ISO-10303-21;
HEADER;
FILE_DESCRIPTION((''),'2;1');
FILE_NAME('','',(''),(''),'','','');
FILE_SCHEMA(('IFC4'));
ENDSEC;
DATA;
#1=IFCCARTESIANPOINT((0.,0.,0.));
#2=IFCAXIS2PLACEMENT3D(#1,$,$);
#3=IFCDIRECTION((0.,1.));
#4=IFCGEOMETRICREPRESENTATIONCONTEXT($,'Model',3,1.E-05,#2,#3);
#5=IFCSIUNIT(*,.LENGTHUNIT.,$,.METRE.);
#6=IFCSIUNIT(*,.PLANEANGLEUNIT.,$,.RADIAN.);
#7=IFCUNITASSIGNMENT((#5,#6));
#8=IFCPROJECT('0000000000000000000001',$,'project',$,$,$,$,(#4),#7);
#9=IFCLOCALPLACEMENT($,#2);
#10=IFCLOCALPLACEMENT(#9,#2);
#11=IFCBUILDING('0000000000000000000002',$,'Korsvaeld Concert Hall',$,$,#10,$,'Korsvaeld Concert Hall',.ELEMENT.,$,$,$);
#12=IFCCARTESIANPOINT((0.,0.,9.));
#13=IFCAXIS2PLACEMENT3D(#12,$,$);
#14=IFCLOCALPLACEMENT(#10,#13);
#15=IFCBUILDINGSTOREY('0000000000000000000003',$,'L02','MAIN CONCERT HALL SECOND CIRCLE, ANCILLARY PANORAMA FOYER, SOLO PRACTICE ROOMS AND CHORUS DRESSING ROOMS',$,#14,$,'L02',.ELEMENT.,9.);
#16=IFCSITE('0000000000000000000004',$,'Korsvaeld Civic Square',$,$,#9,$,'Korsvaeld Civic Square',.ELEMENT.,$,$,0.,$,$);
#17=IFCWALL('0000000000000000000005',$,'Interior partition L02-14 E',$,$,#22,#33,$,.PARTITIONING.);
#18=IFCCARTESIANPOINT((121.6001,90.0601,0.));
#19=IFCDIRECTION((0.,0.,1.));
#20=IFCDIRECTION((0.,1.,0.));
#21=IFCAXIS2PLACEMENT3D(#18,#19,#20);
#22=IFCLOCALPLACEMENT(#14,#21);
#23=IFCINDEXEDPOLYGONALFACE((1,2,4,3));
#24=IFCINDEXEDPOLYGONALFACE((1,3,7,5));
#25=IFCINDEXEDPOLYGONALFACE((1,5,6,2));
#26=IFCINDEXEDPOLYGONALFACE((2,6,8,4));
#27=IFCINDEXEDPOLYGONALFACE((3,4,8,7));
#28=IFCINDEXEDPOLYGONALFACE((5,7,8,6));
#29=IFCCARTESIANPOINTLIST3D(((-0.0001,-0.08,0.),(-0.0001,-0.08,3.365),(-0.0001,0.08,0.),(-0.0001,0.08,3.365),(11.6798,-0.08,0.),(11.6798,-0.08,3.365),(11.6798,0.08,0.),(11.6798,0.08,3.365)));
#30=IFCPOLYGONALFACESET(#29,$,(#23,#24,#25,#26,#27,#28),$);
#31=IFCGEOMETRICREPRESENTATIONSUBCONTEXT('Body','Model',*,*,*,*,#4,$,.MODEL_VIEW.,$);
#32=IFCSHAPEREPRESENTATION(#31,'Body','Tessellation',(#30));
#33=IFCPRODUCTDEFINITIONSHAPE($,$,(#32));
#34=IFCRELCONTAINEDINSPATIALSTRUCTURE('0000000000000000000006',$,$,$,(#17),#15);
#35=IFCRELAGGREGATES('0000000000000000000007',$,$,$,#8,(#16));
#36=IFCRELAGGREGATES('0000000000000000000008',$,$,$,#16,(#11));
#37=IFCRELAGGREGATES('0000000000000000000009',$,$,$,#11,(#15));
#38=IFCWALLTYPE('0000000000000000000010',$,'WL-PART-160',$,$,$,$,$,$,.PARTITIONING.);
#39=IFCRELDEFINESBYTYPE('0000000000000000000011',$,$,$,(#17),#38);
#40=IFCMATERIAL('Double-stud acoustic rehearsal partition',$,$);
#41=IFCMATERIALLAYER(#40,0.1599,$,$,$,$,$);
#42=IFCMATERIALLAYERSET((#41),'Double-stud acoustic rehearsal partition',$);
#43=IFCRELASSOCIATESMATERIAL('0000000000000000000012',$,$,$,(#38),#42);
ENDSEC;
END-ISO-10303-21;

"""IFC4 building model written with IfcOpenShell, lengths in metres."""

from ifc_helpers import new_model, si_unit, direction, frame, frame_2d, origin, place, context, subcontext, project, spatial, rectangle, extrude, material, layer, layer_set, type_object, element, save


model = new_model("IFC4")

# Units and contexts
model_context = context("Model", 3, precision=1e-05, world=origin(), true_north=direction((0.0, 1.0)))
body_context = subcontext(model_context, "Body", "Model", "MODEL_VIEW")
ifc_project = project(units=[si_unit("LENGTHUNIT", "METRE"), si_unit("PLANEANGLEUNIT", "RADIAN")], contexts=[model_context])

# Site, building, storey
site_placement = place(None, origin())
site = spatial("IfcSite", under=ifc_project, at=site_placement, Name="Korsvaeld Civic Square", LongName="Korsvaeld Civic Square", CompositionType="ELEMENT", RefElevation=0.0)
building_placement = place(site_placement, origin())
building = spatial("IfcBuilding", under=site, at=building_placement, Name="Korsvaeld Concert Hall", LongName="Korsvaeld Concert Hall", CompositionType="ELEMENT")
storey_placement = place(building_placement, frame((0.0, 0.0, 9.0)))
storey = spatial("IfcBuildingStorey", under=building, at=storey_placement, Name="L02", Description="MAIN CONCERT HALL SECOND CIRCLE, ANCILLARY PANORAMA FOYER, SOLO PRACTICE ROOMS AND CHORUS DRESSING ROOMS", LongName="L02", CompositionType="ELEMENT", Elevation=9.0)

# Shared definitions
ifc_material_1 = material(Name="Double-stud acoustic rehearsal partition")
ifc_layer_1 = layer(ifc_material_1, 0.1599)
ifc_layer_set_1 = layer_set([ifc_layer_1], Name="Double-stud acoustic rehearsal partition")
wall_type_1 = type_object("IfcWallType", Name="WL-PART-160", PredefinedType="PARTITIONING", material=ifc_layer_set_1)

# Wall
wall_1_placement = place(storey_placement, frame((121.6001, 90.0601, 0.0), z_axis=(0.0, 0.0, 1.0), x_axis=(0.0, 1.0, 0.0)))
element("IfcWall", 1, at=wall_1_placement, inside=storey, type_object=wall_type_1, Name="Interior partition L02-14 E", PredefinedType="PARTITIONING", context=body_context, shape_type="SweptSolid", body=[
    extrude(rectangle(XDim=11.6799, YDim=0.1599, at=frame_2d((5.8398, 0.0))), origin(), (0.0, 0.0, 1.0), 3.365),
])

save(model, "model.ifc")
